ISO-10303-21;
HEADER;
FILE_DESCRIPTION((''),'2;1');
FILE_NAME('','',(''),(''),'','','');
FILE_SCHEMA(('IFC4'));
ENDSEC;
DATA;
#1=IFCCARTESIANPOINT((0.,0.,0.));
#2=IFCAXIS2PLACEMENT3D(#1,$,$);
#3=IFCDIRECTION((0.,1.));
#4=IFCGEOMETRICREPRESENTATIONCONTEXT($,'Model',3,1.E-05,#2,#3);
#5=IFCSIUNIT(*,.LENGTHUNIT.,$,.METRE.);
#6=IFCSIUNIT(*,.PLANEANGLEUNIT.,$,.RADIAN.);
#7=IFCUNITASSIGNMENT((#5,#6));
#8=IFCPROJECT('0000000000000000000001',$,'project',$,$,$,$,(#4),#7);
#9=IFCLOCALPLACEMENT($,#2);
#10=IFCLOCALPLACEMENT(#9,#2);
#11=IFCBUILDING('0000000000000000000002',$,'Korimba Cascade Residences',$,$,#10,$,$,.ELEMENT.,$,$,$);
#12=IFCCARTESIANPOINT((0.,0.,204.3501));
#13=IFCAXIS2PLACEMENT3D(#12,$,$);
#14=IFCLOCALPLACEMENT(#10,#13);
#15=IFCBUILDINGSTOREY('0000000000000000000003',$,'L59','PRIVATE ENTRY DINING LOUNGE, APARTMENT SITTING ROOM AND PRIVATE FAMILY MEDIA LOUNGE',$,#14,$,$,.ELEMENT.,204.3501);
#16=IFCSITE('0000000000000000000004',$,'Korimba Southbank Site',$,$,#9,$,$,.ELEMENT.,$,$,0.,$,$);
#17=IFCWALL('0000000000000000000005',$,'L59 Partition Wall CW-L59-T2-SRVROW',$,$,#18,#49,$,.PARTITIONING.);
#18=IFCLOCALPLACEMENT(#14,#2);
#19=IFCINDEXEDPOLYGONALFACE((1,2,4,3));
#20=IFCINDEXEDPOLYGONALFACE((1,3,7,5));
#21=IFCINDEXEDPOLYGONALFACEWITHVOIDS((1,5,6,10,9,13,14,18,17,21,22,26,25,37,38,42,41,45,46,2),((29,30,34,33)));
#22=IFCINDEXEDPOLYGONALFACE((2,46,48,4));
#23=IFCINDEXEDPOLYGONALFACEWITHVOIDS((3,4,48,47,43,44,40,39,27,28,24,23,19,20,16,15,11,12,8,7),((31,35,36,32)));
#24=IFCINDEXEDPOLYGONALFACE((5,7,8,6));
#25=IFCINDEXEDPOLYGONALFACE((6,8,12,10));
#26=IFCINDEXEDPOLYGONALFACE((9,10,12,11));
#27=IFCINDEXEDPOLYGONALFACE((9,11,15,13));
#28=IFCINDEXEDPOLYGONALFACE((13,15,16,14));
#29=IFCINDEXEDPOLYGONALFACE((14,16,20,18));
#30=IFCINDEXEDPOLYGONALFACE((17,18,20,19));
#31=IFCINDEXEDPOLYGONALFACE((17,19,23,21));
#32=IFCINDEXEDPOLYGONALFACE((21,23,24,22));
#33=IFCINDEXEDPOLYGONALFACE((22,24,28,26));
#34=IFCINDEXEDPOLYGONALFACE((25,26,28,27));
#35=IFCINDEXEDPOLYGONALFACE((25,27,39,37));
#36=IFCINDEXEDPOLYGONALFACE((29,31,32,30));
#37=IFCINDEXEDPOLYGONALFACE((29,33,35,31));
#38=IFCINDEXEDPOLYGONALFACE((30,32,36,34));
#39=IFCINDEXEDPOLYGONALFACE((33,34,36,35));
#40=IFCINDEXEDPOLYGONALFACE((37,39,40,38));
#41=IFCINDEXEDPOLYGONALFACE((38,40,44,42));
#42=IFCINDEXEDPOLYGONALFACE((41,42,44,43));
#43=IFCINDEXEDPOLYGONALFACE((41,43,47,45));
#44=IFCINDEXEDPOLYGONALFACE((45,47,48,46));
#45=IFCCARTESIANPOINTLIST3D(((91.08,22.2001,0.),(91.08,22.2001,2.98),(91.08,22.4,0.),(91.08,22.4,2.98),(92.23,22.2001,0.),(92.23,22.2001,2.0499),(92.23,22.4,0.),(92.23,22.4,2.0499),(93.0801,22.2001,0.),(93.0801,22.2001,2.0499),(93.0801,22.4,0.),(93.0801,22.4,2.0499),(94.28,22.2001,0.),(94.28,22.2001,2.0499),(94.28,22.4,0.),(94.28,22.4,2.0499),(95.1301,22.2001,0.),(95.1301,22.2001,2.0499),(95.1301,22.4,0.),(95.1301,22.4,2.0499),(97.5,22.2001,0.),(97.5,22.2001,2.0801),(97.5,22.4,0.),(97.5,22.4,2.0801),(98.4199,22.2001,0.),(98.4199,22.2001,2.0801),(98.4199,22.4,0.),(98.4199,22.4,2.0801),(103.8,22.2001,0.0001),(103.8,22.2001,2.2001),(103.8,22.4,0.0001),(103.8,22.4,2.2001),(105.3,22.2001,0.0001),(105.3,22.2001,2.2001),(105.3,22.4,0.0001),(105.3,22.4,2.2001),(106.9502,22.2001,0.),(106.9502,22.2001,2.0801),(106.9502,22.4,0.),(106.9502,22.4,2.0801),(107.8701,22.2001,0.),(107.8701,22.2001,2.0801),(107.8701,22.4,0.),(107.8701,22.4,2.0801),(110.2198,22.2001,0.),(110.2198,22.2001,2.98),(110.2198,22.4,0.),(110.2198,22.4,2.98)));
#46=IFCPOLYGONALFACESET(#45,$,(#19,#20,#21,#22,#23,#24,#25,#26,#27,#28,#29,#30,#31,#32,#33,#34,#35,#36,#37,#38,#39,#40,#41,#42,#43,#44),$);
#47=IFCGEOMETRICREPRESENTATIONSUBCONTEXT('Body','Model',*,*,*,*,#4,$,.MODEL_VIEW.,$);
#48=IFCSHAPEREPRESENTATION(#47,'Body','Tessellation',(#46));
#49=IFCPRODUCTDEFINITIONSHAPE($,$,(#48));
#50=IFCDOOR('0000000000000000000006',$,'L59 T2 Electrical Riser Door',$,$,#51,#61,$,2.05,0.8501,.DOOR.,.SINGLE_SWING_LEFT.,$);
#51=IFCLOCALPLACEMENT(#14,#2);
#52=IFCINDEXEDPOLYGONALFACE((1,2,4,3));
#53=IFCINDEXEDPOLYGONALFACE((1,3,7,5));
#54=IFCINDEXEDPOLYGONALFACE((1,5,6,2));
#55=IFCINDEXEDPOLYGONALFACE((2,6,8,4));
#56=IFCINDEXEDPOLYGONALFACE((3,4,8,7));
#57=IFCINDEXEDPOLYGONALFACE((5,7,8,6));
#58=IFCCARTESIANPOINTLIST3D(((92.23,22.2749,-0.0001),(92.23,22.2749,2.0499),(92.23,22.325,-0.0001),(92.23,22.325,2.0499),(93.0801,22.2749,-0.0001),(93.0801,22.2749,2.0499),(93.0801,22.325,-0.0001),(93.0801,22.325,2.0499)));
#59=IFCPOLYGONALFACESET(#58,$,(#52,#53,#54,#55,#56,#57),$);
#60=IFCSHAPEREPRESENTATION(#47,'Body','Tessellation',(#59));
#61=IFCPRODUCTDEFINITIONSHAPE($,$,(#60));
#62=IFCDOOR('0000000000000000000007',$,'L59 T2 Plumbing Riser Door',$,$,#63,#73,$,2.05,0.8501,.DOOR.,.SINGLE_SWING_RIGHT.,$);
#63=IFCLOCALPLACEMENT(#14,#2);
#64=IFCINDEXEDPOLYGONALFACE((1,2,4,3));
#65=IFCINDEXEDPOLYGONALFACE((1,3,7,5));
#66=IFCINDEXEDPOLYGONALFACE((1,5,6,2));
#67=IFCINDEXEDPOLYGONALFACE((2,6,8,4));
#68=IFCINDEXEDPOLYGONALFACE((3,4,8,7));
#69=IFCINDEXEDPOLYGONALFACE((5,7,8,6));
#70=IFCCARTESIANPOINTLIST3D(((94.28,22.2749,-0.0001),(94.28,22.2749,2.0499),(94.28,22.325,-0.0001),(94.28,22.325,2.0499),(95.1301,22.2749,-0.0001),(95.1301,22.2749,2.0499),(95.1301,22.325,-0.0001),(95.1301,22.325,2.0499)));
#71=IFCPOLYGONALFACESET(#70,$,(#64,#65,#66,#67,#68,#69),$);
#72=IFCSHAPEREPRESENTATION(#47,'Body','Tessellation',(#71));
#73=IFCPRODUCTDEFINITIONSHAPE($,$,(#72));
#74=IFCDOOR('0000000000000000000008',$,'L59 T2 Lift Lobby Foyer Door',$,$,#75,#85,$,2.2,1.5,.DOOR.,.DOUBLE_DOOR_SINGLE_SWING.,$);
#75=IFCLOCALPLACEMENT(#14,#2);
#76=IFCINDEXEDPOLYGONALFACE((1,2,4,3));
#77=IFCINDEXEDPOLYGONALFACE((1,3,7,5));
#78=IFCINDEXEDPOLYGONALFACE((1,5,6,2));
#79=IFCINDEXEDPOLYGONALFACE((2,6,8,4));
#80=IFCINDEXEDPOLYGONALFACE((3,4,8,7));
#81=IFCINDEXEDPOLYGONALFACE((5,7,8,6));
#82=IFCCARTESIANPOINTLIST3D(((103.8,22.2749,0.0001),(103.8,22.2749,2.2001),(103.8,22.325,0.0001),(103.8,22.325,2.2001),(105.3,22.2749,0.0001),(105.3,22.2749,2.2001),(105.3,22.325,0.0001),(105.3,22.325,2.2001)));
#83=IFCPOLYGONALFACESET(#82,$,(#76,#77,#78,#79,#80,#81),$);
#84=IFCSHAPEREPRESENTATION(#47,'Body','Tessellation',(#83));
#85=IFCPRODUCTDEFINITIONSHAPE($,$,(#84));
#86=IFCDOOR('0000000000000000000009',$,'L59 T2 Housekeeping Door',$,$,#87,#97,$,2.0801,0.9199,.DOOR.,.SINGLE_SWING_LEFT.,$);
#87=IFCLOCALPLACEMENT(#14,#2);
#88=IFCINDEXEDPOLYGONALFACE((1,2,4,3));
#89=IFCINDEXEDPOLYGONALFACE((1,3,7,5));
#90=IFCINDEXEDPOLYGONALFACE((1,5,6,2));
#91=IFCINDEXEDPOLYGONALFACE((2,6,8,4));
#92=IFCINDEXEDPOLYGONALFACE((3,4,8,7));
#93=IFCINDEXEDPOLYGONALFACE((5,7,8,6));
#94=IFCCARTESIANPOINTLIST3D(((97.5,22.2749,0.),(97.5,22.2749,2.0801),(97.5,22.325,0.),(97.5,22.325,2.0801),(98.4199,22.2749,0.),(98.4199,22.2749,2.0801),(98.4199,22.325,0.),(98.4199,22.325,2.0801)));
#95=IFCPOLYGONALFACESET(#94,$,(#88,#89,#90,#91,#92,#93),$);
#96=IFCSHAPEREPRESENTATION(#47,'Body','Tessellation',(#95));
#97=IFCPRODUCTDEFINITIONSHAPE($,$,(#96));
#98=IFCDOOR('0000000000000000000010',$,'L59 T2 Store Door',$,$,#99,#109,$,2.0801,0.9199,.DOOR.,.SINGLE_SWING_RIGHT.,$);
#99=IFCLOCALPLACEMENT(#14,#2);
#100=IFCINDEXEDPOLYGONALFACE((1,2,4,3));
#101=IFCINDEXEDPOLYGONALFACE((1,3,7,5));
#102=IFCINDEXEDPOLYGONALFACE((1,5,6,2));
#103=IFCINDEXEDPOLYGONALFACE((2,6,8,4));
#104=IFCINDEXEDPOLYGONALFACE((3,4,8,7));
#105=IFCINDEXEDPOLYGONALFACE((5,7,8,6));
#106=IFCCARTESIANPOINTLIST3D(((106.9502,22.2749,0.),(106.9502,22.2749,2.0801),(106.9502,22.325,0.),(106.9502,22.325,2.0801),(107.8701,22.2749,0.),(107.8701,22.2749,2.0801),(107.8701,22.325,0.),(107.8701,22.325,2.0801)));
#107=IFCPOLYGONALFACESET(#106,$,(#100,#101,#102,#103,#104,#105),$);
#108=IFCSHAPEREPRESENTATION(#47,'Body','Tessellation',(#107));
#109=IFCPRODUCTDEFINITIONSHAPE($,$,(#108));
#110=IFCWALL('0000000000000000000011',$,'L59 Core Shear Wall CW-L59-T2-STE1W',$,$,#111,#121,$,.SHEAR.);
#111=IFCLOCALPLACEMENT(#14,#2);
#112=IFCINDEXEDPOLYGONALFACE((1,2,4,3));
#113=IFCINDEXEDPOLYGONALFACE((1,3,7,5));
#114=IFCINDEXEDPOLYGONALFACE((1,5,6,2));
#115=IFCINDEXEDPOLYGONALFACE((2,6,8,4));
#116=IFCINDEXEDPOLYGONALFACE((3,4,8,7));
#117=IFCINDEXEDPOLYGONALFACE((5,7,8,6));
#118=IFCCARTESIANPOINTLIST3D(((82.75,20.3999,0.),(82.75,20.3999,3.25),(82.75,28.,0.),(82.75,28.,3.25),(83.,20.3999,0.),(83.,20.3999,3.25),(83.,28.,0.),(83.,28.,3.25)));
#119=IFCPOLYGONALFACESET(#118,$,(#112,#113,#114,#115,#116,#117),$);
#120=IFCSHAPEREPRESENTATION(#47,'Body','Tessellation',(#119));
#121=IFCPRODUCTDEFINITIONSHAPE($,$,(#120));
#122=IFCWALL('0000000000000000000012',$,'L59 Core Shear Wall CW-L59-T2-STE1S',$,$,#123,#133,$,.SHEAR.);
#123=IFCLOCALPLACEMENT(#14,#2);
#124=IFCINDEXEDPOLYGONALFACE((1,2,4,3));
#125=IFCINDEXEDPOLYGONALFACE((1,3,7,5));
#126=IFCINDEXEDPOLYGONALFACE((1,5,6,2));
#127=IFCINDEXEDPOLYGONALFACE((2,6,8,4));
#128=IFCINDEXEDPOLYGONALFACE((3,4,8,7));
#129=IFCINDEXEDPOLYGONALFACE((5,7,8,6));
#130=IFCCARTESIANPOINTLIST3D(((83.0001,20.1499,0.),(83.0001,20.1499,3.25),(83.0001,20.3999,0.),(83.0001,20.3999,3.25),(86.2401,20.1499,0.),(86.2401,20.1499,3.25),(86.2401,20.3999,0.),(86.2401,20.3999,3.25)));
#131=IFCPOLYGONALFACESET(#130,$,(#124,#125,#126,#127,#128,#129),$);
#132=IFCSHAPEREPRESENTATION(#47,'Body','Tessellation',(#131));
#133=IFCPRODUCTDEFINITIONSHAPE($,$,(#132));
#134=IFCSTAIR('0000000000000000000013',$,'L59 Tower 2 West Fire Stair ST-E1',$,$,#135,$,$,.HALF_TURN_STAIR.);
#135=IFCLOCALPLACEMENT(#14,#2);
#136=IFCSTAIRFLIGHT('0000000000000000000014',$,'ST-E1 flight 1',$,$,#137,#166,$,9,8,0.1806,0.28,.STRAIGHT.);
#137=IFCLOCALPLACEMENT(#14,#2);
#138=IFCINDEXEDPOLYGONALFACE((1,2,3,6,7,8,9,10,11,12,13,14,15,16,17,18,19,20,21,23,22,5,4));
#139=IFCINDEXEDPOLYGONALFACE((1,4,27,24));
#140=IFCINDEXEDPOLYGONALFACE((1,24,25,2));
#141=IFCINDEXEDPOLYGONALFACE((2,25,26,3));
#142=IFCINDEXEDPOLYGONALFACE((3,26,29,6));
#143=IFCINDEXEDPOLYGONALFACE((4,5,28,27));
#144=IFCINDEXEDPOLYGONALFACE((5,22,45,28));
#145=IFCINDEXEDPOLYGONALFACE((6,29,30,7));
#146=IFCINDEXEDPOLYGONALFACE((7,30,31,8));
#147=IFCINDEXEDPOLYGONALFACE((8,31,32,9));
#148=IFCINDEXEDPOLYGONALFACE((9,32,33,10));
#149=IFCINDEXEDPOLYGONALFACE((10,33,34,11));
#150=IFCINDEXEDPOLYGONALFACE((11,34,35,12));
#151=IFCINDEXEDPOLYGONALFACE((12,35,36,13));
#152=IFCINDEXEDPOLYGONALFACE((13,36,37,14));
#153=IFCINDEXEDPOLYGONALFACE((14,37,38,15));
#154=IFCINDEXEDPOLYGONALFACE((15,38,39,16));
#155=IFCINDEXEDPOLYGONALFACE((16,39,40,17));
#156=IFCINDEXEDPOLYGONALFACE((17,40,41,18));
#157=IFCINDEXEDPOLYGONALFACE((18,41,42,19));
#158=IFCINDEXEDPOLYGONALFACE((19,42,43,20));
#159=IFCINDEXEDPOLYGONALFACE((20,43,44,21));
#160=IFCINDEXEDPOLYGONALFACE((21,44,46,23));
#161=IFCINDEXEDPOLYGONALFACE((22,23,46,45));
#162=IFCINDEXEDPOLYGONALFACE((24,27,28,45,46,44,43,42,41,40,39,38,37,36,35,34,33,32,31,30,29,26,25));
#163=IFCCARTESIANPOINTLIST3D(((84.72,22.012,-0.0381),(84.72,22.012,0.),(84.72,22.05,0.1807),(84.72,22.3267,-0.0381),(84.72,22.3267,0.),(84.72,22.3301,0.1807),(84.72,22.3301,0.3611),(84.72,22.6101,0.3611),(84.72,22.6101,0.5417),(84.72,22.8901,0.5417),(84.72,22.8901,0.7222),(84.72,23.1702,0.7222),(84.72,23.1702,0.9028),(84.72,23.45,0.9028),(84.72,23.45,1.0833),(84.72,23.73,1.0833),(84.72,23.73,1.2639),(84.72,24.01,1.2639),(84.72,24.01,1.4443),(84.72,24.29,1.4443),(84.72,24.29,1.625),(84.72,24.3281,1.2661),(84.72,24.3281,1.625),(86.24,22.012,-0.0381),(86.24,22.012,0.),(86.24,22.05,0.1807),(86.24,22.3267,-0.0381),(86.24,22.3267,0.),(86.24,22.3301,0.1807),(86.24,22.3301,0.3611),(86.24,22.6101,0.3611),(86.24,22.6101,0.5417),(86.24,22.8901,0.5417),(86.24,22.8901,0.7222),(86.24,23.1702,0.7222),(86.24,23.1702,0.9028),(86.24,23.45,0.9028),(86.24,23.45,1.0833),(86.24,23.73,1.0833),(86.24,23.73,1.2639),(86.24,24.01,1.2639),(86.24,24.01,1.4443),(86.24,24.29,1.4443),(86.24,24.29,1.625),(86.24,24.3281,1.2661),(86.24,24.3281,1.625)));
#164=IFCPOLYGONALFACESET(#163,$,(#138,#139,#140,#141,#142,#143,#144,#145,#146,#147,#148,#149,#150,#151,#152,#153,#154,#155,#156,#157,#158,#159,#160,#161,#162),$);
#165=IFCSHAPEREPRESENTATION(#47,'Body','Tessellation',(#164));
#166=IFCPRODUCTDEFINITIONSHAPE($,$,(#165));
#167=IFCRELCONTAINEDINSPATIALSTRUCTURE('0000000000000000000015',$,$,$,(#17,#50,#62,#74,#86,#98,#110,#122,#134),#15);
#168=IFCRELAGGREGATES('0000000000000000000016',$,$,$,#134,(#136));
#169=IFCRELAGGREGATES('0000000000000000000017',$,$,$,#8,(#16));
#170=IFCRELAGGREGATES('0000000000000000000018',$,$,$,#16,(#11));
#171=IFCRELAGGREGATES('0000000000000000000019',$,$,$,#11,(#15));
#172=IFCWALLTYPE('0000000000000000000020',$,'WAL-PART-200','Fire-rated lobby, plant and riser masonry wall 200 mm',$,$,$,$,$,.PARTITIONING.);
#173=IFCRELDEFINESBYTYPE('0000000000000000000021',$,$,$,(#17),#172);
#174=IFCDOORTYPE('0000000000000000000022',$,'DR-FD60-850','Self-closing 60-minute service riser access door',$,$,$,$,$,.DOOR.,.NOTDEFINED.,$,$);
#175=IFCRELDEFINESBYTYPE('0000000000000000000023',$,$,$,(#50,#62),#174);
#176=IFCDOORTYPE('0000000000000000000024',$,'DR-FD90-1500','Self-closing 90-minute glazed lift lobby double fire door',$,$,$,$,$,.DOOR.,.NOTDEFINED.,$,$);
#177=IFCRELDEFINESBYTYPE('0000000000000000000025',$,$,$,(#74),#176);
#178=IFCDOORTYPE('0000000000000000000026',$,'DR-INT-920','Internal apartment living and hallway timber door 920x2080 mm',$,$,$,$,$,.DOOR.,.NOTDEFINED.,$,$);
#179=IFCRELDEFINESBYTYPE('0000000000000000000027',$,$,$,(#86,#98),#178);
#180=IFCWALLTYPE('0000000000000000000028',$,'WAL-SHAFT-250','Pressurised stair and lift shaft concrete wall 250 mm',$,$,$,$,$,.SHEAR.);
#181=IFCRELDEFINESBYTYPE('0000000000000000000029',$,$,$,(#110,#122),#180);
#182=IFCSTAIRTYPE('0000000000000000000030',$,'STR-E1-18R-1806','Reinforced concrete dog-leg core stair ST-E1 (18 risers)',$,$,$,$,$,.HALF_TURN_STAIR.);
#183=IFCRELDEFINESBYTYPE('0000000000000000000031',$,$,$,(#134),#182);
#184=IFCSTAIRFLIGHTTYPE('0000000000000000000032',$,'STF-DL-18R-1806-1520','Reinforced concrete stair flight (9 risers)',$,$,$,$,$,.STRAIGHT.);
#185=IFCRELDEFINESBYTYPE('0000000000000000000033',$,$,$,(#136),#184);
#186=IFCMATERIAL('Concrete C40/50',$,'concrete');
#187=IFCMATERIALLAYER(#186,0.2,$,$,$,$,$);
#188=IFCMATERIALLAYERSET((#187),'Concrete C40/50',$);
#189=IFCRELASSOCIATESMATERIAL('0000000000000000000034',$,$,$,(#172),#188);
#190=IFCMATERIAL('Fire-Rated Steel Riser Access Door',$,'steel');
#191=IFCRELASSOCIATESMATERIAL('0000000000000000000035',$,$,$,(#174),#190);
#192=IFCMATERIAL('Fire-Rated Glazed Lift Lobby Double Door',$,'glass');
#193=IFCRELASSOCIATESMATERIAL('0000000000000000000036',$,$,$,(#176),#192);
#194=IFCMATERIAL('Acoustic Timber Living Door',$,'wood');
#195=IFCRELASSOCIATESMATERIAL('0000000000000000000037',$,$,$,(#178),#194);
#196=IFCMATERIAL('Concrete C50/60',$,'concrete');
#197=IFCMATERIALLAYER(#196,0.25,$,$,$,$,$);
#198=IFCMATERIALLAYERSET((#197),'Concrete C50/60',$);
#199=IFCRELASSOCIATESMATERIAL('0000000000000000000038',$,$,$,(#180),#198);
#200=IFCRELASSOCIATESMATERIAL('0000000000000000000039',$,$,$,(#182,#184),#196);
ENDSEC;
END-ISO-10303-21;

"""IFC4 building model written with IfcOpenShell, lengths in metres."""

from ifc_helpers import new_model, si_unit, direction, frame, frame_2d, origin, place, context, subcontext, project, spatial, polyline, rectangle, outline, extrude, material, layer, layer_set, type_object, element, fill, aggregate, save


model = new_model("IFC4")

# Units and contexts
model_context = context("Model", 3, precision=1e-05, world=origin(), true_north=direction((0.0, 1.0)))
body_context = subcontext(model_context, "Body", "Model", "MODEL_VIEW")
ifc_project = project(units=[si_unit("LENGTHUNIT", "METRE"), si_unit("PLANEANGLEUNIT", "RADIAN")], contexts=[model_context])

# Site, building, storey
site_placement = place(None, origin())
site = spatial("IfcSite", under=ifc_project, at=site_placement, Name="Korimba Southbank Site", CompositionType="ELEMENT", RefElevation=0.0)
building_placement = place(site_placement, origin())
building = spatial("IfcBuilding", under=site, at=building_placement, Name="Korimba Cascade Residences", CompositionType="ELEMENT")
storey_placement = place(building_placement, frame((0.0, 0.0, 204.3501)))
storey = spatial("IfcBuildingStorey", under=building, at=storey_placement, Name="L59", Description="PRIVATE ENTRY DINING LOUNGE, APARTMENT SITTING ROOM AND PRIVATE FAMILY MEDIA LOUNGE", CompositionType="ELEMENT", Elevation=204.3501)

# Wall, openings, doors
ifc_material_1 = material(Name="Concrete C40/50", Category="concrete")
ifc_layer_1 = layer(ifc_material_1, 0.2)
ifc_layer_set_1 = layer_set([ifc_layer_1], Name="Concrete C40/50")
wall_type_1 = type_object("IfcWallType", Name="WAL-PART-200", Description="Fire-rated lobby, plant and riser masonry wall 200 mm", PredefinedType="PARTITIONING", material=ifc_layer_set_1)
wall_1_placement = place(storey_placement, frame((91.0801, 22.3, 0.0), z_axis=(0.0, 0.0, 1.0), x_axis=(1.0, 0.0, 0.0)))
wall_1 = element("IfcWall", 1, at=wall_1_placement, inside=storey, type_object=wall_type_1, Name="L59 Partition Wall CW-L59-T2-SRVROW", PredefinedType="PARTITIONING", context=body_context, shape_type="SweptSolid", body=[
    extrude(rectangle(XDim=19.1399, YDim=0.2, at=frame_2d((9.5698, 0.0))), origin(), (0.0, 0.0, 1.0), 2.98),
])
opening_1_placement = place(wall_1_placement, frame((1.1499, 0.0, 0.0)))
opening_1 = element("IfcOpeningElement", 2, at=opening_1_placement, cuts=wall_1, PredefinedType="OPENING", context=body_context, shape_type="SweptSolid", body=[
    extrude(rectangle(XDim=0.8501, YDim=2.05, at=frame_2d((0.425, 1.0249))), frame((0.0, 0.1099, 0.0), z_axis=(0.0, -1.0, 0.0), x_axis=(1.0, 0.0, 0.0)), (0.0, 0.0, 1.0), 0.22),
])
opening_2_placement = place(wall_1_placement, frame((3.2, 0.0, 0.0)))
opening_2 = element("IfcOpeningElement", 3, at=opening_2_placement, cuts=wall_1, PredefinedType="OPENING", context=body_context, shape_type="SweptSolid", body=[
    extrude(rectangle(XDim=0.8501, YDim=2.05, at=frame_2d((0.425, 1.0249))), frame((0.0, 0.1099, 0.0), z_axis=(0.0, -1.0, 0.0), x_axis=(1.0, 0.0, 0.0)), (0.0, 0.0, 1.0), 0.22),
])
opening_3_placement = place(wall_1_placement, frame((12.72, 0.0, 0.0)))
opening_3 = element("IfcOpeningElement", 4, at=opening_3_placement, cuts=wall_1, PredefinedType="OPENING", context=body_context, shape_type="SweptSolid", body=[
    extrude(rectangle(XDim=1.5, YDim=2.2, at=frame_2d((0.75, 1.1001))), frame((0.0, 0.1099, 0.0), z_axis=(0.0, -1.0, 0.0), x_axis=(1.0, 0.0, 0.0)), (0.0, 0.0, 1.0), 0.22),
])
opening_4_placement = place(wall_1_placement, frame((6.4199, 0.0, 0.0)))
opening_4 = element("IfcOpeningElement", 5, at=opening_4_placement, cuts=wall_1, PredefinedType="OPENING", context=body_context, shape_type="SweptSolid", body=[
    extrude(rectangle(XDim=0.9199, YDim=2.0801, at=frame_2d((0.46, 1.04))), frame((0.0, 0.1099, 0.0), z_axis=(0.0, -1.0, 0.0), x_axis=(1.0, 0.0, 0.0)), (0.0, 0.0, 1.0), 0.22),
])
opening_5_placement = place(wall_1_placement, frame((15.8701, 0.0, 0.0)))
opening_5 = element("IfcOpeningElement", 6, at=opening_5_placement, cuts=wall_1, PredefinedType="OPENING", context=body_context, shape_type="SweptSolid", body=[
    extrude(rectangle(XDim=0.9199, YDim=2.0801, at=frame_2d((0.46, 1.04))), frame((0.0, 0.1099, 0.0), z_axis=(0.0, -1.0, 0.0), x_axis=(1.0, 0.0, 0.0)), (0.0, 0.0, 1.0), 0.22),
])
ifc_material_2 = material(Name="Fire-Rated Steel Riser Access Door", Category="steel")
door_type_1 = type_object("IfcDoorType", Name="DR-FD60-850", Description="Self-closing 60-minute service riser access door", OperationType="NOTDEFINED", PredefinedType="DOOR", material=ifc_material_2)
door_1_placement = place(opening_1_placement, origin())
door_1 = element("IfcDoor", 7, at=door_1_placement, inside=storey, type_object=door_type_1, Name="L59 T2 Electrical Riser Door", OperationType="SINGLE_SWING_LEFT", OverallHeight=2.05, OverallWidth=0.8501, PredefinedType="DOOR", context=body_context, shape_type="SweptSolid", body=[
    extrude(rectangle(XDim=0.8501, YDim=2.05, at=frame_2d((0.425, 1.0249))), frame((0.0, 0.0249, 0.0), z_axis=(0.0, -1.0, 0.0), x_axis=(1.0, 0.0, 0.0)), (0.0, 0.0, 1.0), 0.05),
])
fill(opening_1, door_1)
door_2_placement = place(opening_2_placement, origin())
door_2 = element("IfcDoor", 8, at=door_2_placement, inside=storey, type_object=door_type_1, Name="L59 T2 Plumbing Riser Door", OperationType="SINGLE_SWING_RIGHT", OverallHeight=2.05, OverallWidth=0.8501, PredefinedType="DOOR", context=body_context, shape_type="SweptSolid", body=[
    extrude(rectangle(XDim=0.8501, YDim=2.05, at=frame_2d((0.425, 1.0249))), frame((0.0, 0.0249, 0.0), z_axis=(0.0, -1.0, 0.0), x_axis=(1.0, 0.0, 0.0)), (0.0, 0.0, 1.0), 0.05),
])
fill(opening_2, door_2)
ifc_material_3 = material(Name="Fire-Rated Glazed Lift Lobby Double Door", Category="glass")
door_type_2 = type_object("IfcDoorType", Name="DR-FD90-1500", Description="Self-closing 90-minute glazed lift lobby double fire door", OperationType="NOTDEFINED", PredefinedType="DOOR", material=ifc_material_3)
door_3_placement = place(opening_3_placement, origin())
door_3 = element("IfcDoor", 9, at=door_3_placement, inside=storey, type_object=door_type_2, Name="L59 T2 Lift Lobby Foyer Door", OperationType="DOUBLE_DOOR_SINGLE_SWING", OverallHeight=2.2, OverallWidth=1.5, PredefinedType="DOOR", context=body_context, shape_type="SweptSolid", body=[
    extrude(rectangle(XDim=1.5, YDim=2.2, at=frame_2d((0.75, 1.1001))), frame((0.0, 0.0249, 0.0), z_axis=(0.0, -1.0, 0.0), x_axis=(1.0, 0.0, 0.0)), (0.0, 0.0, 1.0), 0.05),
])
fill(opening_3, door_3)
ifc_material_4 = material(Name="Acoustic Timber Living Door", Category="wood")
door_type_3 = type_object("IfcDoorType", Name="DR-INT-920", Description="Internal apartment living and hallway timber door 920x2080 mm", OperationType="NOTDEFINED", PredefinedType="DOOR", material=ifc_material_4)
door_4_placement = place(opening_4_placement, origin())
door_4 = element("IfcDoor", 10, at=door_4_placement, inside=storey, type_object=door_type_3, Name="L59 T2 Housekeeping Door", OperationType="SINGLE_SWING_LEFT", OverallHeight=2.0801, OverallWidth=0.9199, PredefinedType="DOOR", context=body_context, shape_type="SweptSolid", body=[
    extrude(rectangle(XDim=0.9199, YDim=2.0801, at=frame_2d((0.46, 1.04))), frame((0.0, 0.0249, 0.0), z_axis=(0.0, -1.0, 0.0), x_axis=(1.0, 0.0, 0.0)), (0.0, 0.0, 1.0), 0.05),
])
fill(opening_4, door_4)
door_5_placement = place(opening_5_placement, origin())
door_5 = element("IfcDoor", 11, at=door_5_placement, inside=storey, type_object=door_type_3, Name="L59 T2 Store Door", OperationType="SINGLE_SWING_RIGHT", OverallHeight=2.0801, OverallWidth=0.9199, PredefinedType="DOOR", context=body_context, shape_type="SweptSolid", body=[
    extrude(rectangle(XDim=0.9199, YDim=2.0801, at=frame_2d((0.46, 1.04))), frame((0.0, 0.0249, 0.0), z_axis=(0.0, -1.0, 0.0), x_axis=(1.0, 0.0, 0.0)), (0.0, 0.0, 1.0), 0.05),
])
fill(opening_5, door_5)

# Walls
ifc_material_5 = material(Name="Concrete C50/60", Category="concrete")
ifc_layer_2 = layer(ifc_material_5, 0.25)
ifc_layer_set_2 = layer_set([ifc_layer_2], Name="Concrete C50/60")
wall_type_2 = type_object("IfcWallType", Name="WAL-SHAFT-250", Description="Pressurised stair and lift shaft concrete wall 250 mm", PredefinedType="SHEAR", material=ifc_layer_set_2)
wall_2_placement = place(storey_placement, frame((82.875, 20.3999, 0.0), z_axis=(0.0, 0.0, 1.0), x_axis=(0.0, 1.0, 0.0)))
element("IfcWall", 12, at=wall_2_placement, inside=storey, type_object=wall_type_2, Name="L59 Core Shear Wall CW-L59-T2-STE1W", PredefinedType="SHEAR", context=body_context, shape_type="SweptSolid", body=[
    extrude(rectangle(XDim=7.6001, YDim=0.25, at=frame_2d((3.8, 0.0))), origin(), (0.0, 0.0, 1.0), 3.25),
])
wall_3_placement = place(storey_placement, frame((83.0, 20.2749, 0.0), z_axis=(0.0, 0.0, 1.0), x_axis=(1.0, 0.0, 0.0)))
element("IfcWall", 13, at=wall_3_placement, inside=storey, type_object=wall_type_2, Name="L59 Core Shear Wall CW-L59-T2-STE1S", PredefinedType="SHEAR", context=body_context, shape_type="SweptSolid", body=[
    extrude(rectangle(XDim=3.24, YDim=0.25, at=frame_2d((1.6201, 0.0))), origin(), (0.0, 0.0, 1.0), 3.25),
])

# Stair, stair flight
stair_type = type_object("IfcStairType", Name="STR-E1-18R-1806", Description="Reinforced concrete dog-leg core stair ST-E1 (18 risers)", PredefinedType="HALF_TURN_STAIR", material=ifc_material_5)
stair_placement = place(storey_placement, origin())
stair = element("IfcStair", 14, at=stair_placement, inside=storey, type_object=stair_type, Name="L59 Tower 2 West Fire Stair ST-E1", PredefinedType="HALF_TURN_STAIR")
stair_flight_type = type_object("IfcStairFlightType", Name="STF-DL-18R-1806-1520", Description="Reinforced concrete stair flight (9 risers)", PredefinedType="STRAIGHT", material=ifc_material_5)
stair_flight_1_placement = place(storey_placement, frame((85.48, 22.05, 0.0), z_axis=(0.0, 0.0, 1.0), x_axis=(0.0, 1.0, 0.0)))
stair_flight_1 = element("IfcStairFlight", 15, at=stair_flight_1_placement, type_object=stair_flight_type, Name="ST-E1 flight 1", NumberOfRisers=9, NumberOfTreads=8, PredefinedType="STRAIGHT", RiserHeight=0.1806, TreadLength=0.28, context=body_context, shape_type="SweptSolid", body=[
    extrude(outline(polyline([(-0.0381, 0.0), (0.0, 0.1807), (0.28, 0.1807), (0.28, 0.3611), (0.5601, 0.3611), (0.5601, 0.5417), (0.8401, 0.5417), (0.8401, 0.7222), (1.1201, 0.7222), (1.1201, 0.9028), (1.3999, 0.9028), (1.3999, 1.0833), (1.6799, 1.0833), (1.6799, 1.2639), (1.96, 1.2639), (1.96, 1.4443), (2.24, 1.4443), (2.24, 1.625), (2.2781, 1.625), (2.2781, 1.2661), (0.2766, 0.0), (0.2766, -0.0381), (-0.0381, -0.0381), (-0.0381, 0.0)])), frame((0.0, 0.76, 0.0), z_axis=(0.0, -1.0, 0.0), x_axis=(1.0, 0.0, 0.0)), (0.0, 0.0, 1.0), 1.52),
])
aggregate(stair, [stair_flight_1])

save(model, "model.ifc")
